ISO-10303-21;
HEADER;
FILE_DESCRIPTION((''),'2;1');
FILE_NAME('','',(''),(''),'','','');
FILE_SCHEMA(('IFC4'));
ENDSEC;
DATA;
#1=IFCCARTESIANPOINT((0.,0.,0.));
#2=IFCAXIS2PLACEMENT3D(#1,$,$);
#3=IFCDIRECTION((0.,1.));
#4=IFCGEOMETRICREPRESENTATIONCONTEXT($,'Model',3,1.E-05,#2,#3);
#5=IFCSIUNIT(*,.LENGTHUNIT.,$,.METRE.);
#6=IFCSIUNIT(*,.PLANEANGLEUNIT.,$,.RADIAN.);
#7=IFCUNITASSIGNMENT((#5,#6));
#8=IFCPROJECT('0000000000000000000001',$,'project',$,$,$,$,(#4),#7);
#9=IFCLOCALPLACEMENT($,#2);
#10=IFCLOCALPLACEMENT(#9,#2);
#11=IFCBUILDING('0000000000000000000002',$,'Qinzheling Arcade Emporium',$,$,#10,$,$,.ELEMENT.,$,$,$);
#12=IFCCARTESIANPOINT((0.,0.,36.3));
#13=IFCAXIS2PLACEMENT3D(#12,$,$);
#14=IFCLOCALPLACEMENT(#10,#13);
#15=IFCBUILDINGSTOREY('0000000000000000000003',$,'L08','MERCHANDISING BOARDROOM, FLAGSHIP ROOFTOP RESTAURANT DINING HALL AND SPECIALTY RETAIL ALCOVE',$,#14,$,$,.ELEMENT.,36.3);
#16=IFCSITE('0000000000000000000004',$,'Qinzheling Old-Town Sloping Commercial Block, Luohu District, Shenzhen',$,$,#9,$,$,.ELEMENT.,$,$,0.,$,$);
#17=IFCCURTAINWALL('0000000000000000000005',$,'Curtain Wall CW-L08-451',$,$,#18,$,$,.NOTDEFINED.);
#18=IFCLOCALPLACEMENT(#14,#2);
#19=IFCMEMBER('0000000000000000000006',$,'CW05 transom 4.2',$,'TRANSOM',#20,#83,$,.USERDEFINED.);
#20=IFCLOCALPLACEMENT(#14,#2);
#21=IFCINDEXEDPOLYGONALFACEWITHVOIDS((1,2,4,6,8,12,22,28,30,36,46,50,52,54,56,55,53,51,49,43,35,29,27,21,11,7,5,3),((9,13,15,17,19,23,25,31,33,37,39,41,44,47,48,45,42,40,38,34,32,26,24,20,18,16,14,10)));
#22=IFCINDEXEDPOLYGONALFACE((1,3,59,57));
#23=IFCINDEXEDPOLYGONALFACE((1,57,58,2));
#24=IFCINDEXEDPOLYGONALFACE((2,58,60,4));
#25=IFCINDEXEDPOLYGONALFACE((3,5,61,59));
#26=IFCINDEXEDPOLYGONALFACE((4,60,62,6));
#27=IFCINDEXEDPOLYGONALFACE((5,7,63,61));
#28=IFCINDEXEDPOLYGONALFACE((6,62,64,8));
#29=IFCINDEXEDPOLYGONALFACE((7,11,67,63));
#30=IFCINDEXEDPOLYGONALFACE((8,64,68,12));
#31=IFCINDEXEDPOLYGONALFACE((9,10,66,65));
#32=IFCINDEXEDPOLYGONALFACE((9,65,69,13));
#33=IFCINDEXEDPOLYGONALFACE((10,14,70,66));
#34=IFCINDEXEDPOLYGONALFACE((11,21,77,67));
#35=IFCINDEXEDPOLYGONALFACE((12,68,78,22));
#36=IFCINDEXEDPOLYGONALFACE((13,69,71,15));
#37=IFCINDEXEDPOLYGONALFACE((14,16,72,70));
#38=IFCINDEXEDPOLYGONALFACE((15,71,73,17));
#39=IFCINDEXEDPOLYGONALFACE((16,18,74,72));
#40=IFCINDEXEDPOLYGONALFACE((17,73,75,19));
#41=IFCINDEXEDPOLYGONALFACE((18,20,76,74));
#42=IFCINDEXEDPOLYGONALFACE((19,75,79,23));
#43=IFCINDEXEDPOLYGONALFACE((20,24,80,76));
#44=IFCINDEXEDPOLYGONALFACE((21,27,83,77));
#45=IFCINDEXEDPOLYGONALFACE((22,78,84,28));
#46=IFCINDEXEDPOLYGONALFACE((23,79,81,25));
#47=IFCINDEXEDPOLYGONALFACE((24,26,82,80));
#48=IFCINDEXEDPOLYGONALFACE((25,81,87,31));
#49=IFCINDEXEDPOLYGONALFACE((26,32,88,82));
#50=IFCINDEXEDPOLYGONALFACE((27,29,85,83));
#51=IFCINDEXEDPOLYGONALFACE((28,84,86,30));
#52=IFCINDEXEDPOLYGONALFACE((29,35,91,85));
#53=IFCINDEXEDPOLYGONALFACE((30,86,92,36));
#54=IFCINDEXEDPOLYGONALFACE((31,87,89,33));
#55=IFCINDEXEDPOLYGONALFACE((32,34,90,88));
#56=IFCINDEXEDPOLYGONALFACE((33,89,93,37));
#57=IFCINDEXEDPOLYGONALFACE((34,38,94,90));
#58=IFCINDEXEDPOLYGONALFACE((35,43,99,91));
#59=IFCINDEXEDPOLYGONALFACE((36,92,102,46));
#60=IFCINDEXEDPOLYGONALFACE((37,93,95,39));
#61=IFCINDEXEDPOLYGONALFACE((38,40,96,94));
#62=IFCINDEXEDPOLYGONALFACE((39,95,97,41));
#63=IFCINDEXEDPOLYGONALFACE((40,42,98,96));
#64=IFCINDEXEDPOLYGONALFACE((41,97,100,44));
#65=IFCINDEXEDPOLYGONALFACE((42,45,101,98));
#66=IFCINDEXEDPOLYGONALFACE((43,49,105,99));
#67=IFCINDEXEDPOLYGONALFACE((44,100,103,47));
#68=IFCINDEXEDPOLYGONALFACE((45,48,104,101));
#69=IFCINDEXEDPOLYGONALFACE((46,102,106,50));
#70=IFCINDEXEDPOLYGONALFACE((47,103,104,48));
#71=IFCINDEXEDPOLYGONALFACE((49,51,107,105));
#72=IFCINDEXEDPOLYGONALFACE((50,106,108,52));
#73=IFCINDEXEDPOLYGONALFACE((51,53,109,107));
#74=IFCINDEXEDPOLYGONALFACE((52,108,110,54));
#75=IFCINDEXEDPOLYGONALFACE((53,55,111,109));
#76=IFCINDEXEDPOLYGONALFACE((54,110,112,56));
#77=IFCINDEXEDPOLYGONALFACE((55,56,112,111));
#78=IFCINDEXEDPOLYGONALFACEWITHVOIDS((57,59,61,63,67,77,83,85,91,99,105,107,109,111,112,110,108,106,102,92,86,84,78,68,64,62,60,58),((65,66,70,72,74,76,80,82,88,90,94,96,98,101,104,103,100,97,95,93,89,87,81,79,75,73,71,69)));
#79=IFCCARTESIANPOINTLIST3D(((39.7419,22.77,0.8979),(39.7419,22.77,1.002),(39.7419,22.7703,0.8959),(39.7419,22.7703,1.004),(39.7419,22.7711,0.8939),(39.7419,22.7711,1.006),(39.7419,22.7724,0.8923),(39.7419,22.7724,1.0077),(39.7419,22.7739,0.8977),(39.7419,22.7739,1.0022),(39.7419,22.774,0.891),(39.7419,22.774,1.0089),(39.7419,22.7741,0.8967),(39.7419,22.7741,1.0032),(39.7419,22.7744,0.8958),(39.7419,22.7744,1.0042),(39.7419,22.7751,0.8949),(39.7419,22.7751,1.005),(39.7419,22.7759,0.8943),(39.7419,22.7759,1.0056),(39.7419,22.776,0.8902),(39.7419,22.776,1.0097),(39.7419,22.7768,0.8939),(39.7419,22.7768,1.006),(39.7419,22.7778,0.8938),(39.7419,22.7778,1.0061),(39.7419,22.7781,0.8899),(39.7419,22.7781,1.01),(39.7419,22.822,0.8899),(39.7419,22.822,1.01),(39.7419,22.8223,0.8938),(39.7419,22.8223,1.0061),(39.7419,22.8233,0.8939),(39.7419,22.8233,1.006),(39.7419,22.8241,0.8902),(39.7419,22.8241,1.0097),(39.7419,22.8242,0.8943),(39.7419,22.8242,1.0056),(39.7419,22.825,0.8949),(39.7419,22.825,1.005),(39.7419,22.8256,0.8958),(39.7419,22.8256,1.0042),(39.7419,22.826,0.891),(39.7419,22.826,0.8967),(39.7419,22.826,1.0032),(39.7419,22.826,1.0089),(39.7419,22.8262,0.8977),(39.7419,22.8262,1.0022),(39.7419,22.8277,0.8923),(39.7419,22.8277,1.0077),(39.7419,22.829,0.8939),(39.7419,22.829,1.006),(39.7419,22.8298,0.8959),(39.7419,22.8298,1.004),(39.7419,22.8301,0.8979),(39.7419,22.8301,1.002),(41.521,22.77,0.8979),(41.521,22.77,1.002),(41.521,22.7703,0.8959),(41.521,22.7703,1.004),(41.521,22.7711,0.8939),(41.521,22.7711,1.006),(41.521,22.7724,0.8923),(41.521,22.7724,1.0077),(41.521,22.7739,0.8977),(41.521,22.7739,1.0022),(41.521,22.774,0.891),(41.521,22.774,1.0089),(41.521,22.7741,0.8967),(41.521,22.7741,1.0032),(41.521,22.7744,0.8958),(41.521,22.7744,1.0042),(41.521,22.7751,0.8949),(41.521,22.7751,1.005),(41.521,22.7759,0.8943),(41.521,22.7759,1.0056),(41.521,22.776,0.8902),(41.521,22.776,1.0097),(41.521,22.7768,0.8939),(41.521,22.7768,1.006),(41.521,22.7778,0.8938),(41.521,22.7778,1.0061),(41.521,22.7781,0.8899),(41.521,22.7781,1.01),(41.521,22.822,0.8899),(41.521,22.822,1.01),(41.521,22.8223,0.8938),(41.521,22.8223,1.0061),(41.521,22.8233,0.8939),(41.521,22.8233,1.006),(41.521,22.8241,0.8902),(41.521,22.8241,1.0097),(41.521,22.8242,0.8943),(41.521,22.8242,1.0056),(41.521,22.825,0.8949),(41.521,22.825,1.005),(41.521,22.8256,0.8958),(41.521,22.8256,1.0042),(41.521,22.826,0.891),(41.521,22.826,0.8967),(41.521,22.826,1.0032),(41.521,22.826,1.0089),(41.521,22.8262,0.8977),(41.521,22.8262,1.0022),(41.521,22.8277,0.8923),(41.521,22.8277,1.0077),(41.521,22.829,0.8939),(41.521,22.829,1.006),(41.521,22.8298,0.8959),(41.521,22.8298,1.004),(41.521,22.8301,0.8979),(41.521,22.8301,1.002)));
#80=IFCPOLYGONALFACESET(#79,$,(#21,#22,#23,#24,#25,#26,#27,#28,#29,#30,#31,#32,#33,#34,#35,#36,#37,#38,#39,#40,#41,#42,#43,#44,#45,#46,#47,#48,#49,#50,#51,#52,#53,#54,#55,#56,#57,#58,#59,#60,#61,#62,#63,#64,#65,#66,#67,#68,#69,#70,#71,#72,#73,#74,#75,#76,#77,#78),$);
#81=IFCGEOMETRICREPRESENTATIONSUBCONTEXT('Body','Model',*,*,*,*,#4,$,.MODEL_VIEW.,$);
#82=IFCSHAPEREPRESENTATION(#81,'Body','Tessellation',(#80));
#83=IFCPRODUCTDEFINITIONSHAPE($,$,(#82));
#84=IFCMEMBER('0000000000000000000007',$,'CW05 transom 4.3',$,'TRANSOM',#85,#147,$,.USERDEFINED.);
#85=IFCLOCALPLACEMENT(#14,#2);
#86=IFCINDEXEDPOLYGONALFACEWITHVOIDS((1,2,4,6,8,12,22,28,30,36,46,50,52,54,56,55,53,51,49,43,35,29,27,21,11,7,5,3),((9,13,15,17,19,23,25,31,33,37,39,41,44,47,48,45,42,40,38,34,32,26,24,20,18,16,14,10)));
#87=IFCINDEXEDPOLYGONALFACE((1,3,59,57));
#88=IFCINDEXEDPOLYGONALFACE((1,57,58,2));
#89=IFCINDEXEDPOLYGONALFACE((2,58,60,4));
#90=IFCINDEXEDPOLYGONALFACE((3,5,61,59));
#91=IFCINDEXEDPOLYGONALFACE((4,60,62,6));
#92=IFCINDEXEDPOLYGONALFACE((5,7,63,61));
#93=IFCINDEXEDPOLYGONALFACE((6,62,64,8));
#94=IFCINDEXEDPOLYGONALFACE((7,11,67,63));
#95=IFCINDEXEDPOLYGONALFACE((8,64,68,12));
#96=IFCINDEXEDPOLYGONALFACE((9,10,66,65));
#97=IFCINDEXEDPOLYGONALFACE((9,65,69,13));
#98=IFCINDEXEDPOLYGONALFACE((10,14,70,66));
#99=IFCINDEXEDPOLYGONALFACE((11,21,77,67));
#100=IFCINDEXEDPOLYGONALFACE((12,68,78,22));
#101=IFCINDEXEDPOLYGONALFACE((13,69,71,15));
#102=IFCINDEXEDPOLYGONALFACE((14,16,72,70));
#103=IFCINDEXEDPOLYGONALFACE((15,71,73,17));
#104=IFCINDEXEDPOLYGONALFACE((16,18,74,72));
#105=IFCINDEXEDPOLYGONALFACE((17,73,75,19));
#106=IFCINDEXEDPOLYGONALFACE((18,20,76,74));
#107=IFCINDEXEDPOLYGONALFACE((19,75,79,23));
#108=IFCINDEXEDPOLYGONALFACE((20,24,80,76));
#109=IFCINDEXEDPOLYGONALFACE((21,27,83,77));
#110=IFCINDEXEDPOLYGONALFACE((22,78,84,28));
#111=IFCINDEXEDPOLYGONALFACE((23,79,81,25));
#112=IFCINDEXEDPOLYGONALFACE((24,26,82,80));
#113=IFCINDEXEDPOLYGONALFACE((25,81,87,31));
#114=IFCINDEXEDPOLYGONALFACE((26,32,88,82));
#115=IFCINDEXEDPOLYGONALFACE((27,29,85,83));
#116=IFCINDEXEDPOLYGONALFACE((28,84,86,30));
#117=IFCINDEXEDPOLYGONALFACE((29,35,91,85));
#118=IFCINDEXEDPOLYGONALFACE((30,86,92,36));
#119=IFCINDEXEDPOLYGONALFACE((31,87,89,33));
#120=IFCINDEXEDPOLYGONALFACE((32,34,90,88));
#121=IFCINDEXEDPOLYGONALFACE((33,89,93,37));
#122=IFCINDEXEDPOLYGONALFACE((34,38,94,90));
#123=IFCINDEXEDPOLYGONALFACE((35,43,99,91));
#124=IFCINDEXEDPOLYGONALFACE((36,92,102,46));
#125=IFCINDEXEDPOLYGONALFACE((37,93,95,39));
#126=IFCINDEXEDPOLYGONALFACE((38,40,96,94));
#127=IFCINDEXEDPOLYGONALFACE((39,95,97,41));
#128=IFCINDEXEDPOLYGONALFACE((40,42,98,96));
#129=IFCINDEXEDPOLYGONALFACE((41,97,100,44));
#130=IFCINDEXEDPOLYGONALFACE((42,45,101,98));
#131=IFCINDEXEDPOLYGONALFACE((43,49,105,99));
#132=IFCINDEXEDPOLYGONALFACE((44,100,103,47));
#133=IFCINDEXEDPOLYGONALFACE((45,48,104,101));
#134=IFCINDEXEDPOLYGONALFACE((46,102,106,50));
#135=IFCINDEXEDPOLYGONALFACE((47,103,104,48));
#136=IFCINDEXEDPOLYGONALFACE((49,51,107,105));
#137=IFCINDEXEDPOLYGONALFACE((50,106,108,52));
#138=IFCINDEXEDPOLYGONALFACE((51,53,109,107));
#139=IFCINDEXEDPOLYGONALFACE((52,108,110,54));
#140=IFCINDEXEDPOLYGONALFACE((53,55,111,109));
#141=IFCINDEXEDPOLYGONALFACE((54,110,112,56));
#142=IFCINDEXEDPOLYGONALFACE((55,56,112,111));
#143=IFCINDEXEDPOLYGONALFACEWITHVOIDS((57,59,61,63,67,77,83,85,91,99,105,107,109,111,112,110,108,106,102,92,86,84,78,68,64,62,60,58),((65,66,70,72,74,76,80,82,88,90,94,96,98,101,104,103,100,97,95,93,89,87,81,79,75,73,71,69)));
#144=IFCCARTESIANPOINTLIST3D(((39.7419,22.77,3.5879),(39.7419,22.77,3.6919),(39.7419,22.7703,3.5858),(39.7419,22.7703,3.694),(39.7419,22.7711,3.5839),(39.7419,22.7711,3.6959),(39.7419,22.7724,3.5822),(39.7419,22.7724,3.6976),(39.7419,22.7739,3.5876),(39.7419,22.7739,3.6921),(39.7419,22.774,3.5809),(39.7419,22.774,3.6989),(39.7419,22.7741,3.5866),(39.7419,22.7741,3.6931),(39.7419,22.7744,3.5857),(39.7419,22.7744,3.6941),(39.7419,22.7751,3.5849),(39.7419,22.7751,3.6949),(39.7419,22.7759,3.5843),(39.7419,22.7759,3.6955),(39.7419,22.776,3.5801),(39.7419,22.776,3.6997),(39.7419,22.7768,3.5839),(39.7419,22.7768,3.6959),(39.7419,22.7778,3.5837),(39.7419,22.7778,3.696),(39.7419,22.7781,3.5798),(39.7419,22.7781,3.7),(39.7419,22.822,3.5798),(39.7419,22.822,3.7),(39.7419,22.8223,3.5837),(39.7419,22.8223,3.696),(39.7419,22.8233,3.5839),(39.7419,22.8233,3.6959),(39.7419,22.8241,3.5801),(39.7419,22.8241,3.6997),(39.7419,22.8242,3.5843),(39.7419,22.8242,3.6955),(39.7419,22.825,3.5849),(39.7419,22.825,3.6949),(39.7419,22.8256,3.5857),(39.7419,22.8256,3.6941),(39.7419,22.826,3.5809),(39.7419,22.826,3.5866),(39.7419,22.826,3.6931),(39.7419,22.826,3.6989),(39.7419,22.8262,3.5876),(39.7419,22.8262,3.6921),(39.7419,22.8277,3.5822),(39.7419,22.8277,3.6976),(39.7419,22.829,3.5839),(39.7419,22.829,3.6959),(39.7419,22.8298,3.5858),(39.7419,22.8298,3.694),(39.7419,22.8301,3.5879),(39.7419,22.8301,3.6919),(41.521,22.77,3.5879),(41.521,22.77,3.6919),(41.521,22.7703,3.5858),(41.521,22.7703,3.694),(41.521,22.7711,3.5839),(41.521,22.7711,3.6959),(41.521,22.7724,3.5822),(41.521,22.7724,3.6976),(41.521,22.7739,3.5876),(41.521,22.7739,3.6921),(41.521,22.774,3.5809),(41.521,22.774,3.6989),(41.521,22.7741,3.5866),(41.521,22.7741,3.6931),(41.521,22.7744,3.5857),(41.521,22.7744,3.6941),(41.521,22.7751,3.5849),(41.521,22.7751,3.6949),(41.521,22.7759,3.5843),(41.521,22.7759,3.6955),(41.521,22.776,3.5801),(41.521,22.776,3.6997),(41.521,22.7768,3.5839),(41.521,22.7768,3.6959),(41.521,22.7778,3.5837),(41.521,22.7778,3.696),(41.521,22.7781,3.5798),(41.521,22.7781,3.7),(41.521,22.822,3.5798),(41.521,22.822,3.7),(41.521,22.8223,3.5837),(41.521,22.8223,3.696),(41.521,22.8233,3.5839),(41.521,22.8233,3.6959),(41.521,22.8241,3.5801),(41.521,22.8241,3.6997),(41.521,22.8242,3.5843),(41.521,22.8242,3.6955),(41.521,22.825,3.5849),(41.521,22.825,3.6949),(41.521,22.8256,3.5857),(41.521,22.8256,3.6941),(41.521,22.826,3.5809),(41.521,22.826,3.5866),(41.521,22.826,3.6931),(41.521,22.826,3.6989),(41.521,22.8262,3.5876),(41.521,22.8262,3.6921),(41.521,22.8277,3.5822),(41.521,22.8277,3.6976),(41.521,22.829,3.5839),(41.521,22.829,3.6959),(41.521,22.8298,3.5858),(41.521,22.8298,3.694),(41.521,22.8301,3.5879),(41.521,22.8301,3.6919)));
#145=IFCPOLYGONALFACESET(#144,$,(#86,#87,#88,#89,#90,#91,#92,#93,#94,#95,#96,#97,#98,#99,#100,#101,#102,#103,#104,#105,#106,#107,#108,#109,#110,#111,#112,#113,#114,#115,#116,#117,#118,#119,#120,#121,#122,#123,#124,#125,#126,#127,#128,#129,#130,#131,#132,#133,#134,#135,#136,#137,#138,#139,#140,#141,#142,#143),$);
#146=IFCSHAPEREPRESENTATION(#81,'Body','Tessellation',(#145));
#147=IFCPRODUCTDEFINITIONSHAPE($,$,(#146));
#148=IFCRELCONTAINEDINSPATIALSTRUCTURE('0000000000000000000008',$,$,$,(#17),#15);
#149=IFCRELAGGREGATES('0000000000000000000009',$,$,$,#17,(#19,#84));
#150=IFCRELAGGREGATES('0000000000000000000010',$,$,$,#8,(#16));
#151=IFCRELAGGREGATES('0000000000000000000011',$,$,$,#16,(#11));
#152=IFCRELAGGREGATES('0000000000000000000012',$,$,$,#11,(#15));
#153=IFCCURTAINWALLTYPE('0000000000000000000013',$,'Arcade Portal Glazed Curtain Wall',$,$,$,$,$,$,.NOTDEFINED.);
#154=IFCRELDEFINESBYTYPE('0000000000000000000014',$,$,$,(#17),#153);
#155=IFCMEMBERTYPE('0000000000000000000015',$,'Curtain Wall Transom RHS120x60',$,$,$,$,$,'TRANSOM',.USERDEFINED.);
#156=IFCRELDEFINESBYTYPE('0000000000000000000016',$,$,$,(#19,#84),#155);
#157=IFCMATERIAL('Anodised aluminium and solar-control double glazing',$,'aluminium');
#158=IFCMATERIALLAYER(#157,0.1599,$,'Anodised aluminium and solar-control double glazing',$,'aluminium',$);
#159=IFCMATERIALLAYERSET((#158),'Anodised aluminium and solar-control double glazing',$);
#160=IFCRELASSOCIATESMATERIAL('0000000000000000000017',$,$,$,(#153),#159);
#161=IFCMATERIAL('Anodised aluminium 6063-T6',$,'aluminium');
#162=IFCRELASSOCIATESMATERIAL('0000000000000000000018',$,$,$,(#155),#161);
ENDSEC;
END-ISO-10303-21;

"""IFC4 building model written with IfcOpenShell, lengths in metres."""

from ifc_helpers import new_model, si_unit, direction, frame, origin, origin_2d, place, context, subcontext, project, spatial, hollow_rectangle, extrude, material, layer, layer_set, material_profile, profile_set, type_object, element, aggregate, save


model = new_model("IFC4")

# Units and contexts
model_context = context("Model", 3, precision=1e-05, world=origin(), true_north=direction((0.0, 1.0)))
body_context = subcontext(model_context, "Body", "Model", "MODEL_VIEW")
ifc_project = project(units=[si_unit("LENGTHUNIT", "METRE"), si_unit("PLANEANGLEUNIT", "RADIAN")], contexts=[model_context])

# Site, building, storey
site_placement = place(None, origin())
site = spatial("IfcSite", under=ifc_project, at=site_placement, Name="Qinzheling Old-Town Sloping Commercial Block, Luohu District, Shenzhen", CompositionType="ELEMENT", RefElevation=0.0)
building_placement = place(site_placement, origin())
building = spatial("IfcBuilding", under=site, at=building_placement, Name="Qinzheling Arcade Emporium", CompositionType="ELEMENT")
storey_placement = place(building_placement, frame((0.0, 0.0, 36.3)))
storey = spatial("IfcBuildingStorey", under=building, at=storey_placement, Name="L08", Description="MERCHANDISING BOARDROOM, FLAGSHIP ROOFTOP RESTAURANT DINING HALL AND SPECIALTY RETAIL ALCOVE", CompositionType="ELEMENT", Elevation=36.3)

# Curtain wall, members
ifc_material_1 = material(Name="Anodised aluminium and solar-control double glazing", Category="aluminium")
ifc_layer_1 = layer(ifc_material_1, 0.1599, Name="Anodised aluminium and solar-control double glazing", Category="aluminium")
ifc_layer_set_1 = layer_set([ifc_layer_1], Name="Anodised aluminium and solar-control double glazing")
curtain_wall_type = type_object("IfcCurtainWallType", Name="Arcade Portal Glazed Curtain Wall", PredefinedType="NOTDEFINED", material=ifc_layer_set_1)
curtain_wall_placement = place(storey_placement, origin())
curtain_wall = element("IfcCurtainWall", 1, at=curtain_wall_placement, inside=storey, type_object=curtain_wall_type, Name="Curtain Wall CW-L08-451", PredefinedType="NOTDEFINED")
ifc_material_2 = material(Name="Anodised aluminium 6063-T6", Category="aluminium")
ifc_material_profile_1 = material_profile(ifc_material_2, hollow_rectangle(XDim=0.0601, YDim=0.1201, WallThickness=0.0039, InnerFilletRadius=0.0039, OuterFilletRadius=0.0081, at=origin_2d()), Name="RHS 120x60x4", Category="aluminium")
ifc_profile_set_1 = profile_set([ifc_material_profile_1], Name="Anodised aluminium 6063-T6")
member_type_1 = type_object("IfcMemberType", Name="Curtain Wall Transom RHS120x60", ElementType="TRANSOM", PredefinedType="USERDEFINED", material=ifc_profile_set_1)
member_1_placement = place(storey_placement, frame((41.521, 22.8, 0.95), z_axis=(-1.0, 0.0, 0.0), x_axis=(0.0, -1.0, 0.0)))
member_1 = element("IfcMember", 2, at=member_1_placement, type_object=member_type_1, Name="CW05 transom 4.2", ObjectType="TRANSOM", PredefinedType="USERDEFINED", context=body_context, shape_type="SweptSolid", body=[
    extrude(hollow_rectangle(XDim=0.0601, YDim=0.1201, WallThickness=0.0039, InnerFilletRadius=0.0039, OuterFilletRadius=0.0081, at=origin_2d()), origin(), (0.0, 0.0, 1.0), 1.7791),
])
member_2_placement = place(storey_placement, frame((41.521, 22.8, 3.6399), z_axis=(-1.0, 0.0, 0.0), x_axis=(0.0, -1.0, 0.0)))
member_2 = element("IfcMember", 3, at=member_2_placement, type_object=member_type_1, Name="CW05 transom 4.3", ObjectType="TRANSOM", PredefinedType="USERDEFINED", context=body_context, shape_type="SweptSolid", body=[
    extrude(hollow_rectangle(XDim=0.0601, YDim=0.1201, WallThickness=0.0039, InnerFilletRadius=0.0039, OuterFilletRadius=0.0081, at=origin_2d()), origin(), (0.0, 0.0, 1.0), 1.7791),
])

aggregate(curtain_wall, [member_1, member_2])

save(model, "model.ifc")
